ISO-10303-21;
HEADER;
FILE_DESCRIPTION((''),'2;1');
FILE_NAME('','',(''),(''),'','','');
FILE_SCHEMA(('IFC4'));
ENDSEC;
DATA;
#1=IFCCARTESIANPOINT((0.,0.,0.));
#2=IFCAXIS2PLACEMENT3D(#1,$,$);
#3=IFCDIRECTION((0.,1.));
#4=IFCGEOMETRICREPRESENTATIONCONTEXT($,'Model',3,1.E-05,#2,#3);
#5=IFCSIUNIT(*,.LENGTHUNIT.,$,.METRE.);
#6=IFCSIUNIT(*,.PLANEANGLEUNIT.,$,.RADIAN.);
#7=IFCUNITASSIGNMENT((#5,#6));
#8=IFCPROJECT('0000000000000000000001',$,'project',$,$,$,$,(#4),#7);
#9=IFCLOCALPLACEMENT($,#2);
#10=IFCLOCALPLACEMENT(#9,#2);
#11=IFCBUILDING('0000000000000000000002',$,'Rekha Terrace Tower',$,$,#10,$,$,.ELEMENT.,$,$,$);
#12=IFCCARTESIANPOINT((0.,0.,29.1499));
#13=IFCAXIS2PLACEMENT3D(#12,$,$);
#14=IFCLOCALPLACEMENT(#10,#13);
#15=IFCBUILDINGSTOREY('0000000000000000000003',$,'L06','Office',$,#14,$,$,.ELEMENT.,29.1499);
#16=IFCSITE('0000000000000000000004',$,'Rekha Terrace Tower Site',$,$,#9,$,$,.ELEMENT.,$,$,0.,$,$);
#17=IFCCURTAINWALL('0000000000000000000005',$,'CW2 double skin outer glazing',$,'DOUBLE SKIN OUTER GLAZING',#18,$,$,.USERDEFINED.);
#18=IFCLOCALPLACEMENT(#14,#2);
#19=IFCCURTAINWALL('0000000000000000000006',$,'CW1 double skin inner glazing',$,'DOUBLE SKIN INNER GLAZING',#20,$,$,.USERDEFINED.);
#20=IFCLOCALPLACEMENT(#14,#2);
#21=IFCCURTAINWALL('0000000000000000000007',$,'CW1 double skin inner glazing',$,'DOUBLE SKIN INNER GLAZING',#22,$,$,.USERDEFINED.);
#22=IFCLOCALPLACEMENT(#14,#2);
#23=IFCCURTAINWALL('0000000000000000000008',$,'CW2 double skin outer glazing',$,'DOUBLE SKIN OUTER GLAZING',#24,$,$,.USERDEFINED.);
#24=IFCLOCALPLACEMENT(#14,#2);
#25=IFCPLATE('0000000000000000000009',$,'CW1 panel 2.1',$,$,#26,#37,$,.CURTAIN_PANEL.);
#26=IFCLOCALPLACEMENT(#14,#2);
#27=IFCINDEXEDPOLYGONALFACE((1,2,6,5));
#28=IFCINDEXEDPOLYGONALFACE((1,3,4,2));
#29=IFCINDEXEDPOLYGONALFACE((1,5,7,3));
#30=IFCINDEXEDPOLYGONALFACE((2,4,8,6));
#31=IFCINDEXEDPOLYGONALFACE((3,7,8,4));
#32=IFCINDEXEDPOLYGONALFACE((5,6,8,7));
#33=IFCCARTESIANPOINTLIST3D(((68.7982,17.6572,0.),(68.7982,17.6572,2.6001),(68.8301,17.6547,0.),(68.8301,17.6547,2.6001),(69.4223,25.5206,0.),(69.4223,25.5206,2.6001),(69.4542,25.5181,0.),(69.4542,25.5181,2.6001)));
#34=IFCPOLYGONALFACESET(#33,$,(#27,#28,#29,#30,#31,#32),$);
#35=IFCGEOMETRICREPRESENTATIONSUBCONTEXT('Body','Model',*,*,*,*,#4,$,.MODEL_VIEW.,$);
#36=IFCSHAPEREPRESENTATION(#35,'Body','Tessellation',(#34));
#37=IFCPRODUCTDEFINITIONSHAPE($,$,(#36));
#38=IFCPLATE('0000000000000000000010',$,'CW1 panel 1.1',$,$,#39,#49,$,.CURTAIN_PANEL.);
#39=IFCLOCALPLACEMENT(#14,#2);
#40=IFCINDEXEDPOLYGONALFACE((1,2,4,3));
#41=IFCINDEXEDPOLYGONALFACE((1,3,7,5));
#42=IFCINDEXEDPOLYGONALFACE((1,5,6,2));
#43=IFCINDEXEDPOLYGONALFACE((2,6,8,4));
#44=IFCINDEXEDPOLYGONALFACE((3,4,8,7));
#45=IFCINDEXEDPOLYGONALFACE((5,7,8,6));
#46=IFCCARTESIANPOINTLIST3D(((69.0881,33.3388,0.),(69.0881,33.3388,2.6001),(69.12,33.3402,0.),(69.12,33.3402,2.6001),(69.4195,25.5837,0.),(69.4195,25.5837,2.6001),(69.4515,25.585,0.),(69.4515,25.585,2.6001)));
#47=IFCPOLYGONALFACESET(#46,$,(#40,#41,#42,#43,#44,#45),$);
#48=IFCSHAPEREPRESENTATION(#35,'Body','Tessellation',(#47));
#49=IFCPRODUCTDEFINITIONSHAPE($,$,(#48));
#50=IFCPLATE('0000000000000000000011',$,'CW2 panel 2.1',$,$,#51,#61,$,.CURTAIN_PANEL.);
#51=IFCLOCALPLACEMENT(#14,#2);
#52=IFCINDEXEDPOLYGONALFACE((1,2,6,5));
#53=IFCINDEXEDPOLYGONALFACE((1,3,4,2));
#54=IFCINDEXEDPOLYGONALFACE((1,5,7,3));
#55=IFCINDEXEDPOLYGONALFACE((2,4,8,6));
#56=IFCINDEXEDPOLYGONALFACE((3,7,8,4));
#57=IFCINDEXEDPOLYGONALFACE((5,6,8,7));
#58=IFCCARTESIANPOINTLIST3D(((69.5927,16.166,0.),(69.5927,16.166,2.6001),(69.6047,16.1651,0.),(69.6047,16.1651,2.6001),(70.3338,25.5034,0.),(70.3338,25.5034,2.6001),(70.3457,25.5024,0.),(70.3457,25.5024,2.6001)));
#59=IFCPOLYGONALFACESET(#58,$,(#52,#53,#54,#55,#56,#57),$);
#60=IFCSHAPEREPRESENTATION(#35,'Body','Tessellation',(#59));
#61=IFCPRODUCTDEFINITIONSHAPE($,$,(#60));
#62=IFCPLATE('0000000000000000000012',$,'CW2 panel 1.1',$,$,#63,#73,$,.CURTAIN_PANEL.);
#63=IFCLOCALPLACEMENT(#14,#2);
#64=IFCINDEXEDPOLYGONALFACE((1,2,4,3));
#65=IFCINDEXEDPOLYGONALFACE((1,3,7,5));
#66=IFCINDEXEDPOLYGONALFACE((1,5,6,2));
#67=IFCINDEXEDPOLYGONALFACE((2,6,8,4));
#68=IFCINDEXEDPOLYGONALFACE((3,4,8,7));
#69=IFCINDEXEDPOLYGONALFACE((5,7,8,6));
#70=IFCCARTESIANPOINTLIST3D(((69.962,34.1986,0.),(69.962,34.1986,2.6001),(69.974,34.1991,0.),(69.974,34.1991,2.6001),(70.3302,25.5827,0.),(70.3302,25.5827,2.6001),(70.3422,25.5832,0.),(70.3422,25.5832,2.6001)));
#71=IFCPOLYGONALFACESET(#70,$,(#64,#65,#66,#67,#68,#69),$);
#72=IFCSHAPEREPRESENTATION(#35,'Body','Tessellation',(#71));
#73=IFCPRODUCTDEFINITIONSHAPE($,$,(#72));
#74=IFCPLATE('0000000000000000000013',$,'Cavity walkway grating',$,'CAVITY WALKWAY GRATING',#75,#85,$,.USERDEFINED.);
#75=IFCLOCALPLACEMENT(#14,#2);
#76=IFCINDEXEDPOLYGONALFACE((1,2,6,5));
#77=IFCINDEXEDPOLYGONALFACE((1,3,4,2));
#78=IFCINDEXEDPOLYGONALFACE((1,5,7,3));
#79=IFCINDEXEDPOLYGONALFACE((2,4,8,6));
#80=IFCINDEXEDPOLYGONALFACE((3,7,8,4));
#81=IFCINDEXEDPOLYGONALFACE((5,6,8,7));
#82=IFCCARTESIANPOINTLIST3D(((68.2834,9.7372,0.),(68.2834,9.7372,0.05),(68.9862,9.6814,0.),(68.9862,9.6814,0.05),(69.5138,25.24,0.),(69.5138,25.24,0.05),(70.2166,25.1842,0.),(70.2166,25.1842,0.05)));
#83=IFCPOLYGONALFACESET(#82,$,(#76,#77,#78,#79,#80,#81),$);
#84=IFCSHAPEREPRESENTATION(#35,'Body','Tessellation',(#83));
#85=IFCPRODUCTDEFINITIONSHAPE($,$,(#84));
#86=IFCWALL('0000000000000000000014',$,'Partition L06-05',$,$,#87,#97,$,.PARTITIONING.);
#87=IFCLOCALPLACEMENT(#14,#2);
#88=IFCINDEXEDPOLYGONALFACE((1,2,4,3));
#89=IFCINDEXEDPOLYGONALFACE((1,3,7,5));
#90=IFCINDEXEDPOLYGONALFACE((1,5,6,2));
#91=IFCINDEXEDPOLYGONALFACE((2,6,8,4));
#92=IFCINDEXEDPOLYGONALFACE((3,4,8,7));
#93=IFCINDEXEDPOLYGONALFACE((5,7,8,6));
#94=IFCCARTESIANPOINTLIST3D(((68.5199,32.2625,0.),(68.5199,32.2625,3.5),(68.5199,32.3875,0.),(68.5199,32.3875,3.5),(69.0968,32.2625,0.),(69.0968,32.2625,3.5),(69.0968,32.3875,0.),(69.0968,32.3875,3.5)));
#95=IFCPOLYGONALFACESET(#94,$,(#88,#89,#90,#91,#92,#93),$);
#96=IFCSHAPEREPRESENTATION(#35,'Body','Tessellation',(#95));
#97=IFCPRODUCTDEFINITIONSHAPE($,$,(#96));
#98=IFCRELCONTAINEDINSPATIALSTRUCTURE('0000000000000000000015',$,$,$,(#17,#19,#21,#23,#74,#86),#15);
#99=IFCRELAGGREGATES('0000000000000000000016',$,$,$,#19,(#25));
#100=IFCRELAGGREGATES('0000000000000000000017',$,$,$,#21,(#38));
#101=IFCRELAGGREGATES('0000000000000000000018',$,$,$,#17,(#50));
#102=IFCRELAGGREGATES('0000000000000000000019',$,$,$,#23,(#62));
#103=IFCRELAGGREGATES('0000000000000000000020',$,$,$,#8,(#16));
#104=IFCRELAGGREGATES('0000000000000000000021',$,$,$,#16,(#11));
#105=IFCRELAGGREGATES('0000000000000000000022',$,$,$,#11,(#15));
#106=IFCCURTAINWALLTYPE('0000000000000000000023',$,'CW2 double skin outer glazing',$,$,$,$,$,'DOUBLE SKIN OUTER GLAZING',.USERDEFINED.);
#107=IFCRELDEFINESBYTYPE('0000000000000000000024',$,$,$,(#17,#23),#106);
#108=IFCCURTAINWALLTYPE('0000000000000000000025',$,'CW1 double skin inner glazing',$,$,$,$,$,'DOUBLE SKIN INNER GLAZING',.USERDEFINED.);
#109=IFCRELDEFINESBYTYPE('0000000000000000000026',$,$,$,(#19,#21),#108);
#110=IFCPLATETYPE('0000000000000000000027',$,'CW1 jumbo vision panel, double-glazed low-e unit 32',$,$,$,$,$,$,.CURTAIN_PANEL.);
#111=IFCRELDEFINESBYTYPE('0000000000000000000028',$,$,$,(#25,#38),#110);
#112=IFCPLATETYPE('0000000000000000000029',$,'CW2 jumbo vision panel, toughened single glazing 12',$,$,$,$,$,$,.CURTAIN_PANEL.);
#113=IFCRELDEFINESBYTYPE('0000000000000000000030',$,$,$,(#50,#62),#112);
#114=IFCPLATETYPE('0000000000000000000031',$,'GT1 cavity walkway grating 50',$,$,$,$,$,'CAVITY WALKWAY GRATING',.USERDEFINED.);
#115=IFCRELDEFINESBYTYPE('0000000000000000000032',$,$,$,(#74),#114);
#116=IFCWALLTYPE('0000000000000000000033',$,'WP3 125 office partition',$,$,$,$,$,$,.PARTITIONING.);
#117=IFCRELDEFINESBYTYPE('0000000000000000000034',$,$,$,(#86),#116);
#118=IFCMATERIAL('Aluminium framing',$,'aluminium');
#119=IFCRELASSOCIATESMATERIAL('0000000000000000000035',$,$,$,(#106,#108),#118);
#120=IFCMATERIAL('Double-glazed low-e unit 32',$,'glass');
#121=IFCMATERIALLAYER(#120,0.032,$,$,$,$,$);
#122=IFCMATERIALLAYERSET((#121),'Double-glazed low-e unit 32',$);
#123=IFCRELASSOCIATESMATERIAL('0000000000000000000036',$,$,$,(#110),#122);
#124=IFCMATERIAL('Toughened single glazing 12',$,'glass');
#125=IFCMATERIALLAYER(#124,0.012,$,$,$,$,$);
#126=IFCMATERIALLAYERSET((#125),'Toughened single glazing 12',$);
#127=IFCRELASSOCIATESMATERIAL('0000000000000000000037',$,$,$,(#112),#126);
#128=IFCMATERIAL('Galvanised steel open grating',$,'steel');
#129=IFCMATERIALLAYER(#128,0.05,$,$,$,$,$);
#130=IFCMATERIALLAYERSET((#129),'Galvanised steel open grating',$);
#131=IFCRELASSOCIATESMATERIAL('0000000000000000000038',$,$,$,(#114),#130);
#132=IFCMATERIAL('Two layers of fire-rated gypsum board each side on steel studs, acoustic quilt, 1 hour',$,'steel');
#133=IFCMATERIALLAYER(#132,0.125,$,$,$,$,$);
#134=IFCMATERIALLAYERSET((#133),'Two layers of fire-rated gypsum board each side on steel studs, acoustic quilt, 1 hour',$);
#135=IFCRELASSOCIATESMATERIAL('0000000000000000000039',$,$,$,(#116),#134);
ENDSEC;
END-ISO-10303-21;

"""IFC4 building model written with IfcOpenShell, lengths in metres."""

from ifc_helpers import new_model, si_unit, direction, frame, frame_2d, origin, origin_2d, place, context, subcontext, project, spatial, rectangle, extrude, material, layer, layer_set, type_object, element, aggregate, save


model = new_model("IFC4")

# Units and contexts
model_context = context("Model", 3, precision=1e-05, world=origin(), true_north=direction((0.0, 1.0)))
body_context = subcontext(model_context, "Body", "Model", "MODEL_VIEW")
ifc_project = project(units=[si_unit("LENGTHUNIT", "METRE"), si_unit("PLANEANGLEUNIT", "RADIAN")], contexts=[model_context])

# Site, building, storey
site_placement = place(None, origin())
site = spatial("IfcSite", under=ifc_project, at=site_placement, Name="Rekha Terrace Tower Site", CompositionType="ELEMENT", RefElevation=0.0)
building_placement = place(site_placement, origin())
building = spatial("IfcBuilding", under=site, at=building_placement, Name="Rekha Terrace Tower", CompositionType="ELEMENT")
storey_placement = place(building_placement, frame((0.0, 0.0, 29.1499)))
storey = spatial("IfcBuildingStorey", under=building, at=storey_placement, Name="L06", Description="Office", CompositionType="ELEMENT", Elevation=29.1499)

# Curtain walls
ifc_material_1 = material(Name="Aluminium framing", Category="aluminium")
curtain_wall_type_1 = type_object("IfcCurtainWallType", Name="CW2 double skin outer glazing", ElementType="DOUBLE SKIN OUTER GLAZING", PredefinedType="USERDEFINED", material=ifc_material_1)
curtain_wall_1_placement = place(storey_placement, origin())
curtain_wall_1 = element("IfcCurtainWall", 1, at=curtain_wall_1_placement, inside=storey, type_object=curtain_wall_type_1, Name="CW2 double skin outer glazing", ObjectType="DOUBLE SKIN OUTER GLAZING", PredefinedType="USERDEFINED")
curtain_wall_type_2 = type_object("IfcCurtainWallType", Name="CW1 double skin inner glazing", ElementType="DOUBLE SKIN INNER GLAZING", PredefinedType="USERDEFINED", material=ifc_material_1)
curtain_wall_2_placement = place(storey_placement, origin())
curtain_wall_2 = element("IfcCurtainWall", 2, at=curtain_wall_2_placement, inside=storey, type_object=curtain_wall_type_2, Name="CW1 double skin inner glazing", ObjectType="DOUBLE SKIN INNER GLAZING", PredefinedType="USERDEFINED")
curtain_wall_3_placement = place(storey_placement, origin())
curtain_wall_3 = element("IfcCurtainWall", 3, at=curtain_wall_3_placement, inside=storey, type_object=curtain_wall_type_2, Name="CW1 double skin inner glazing", ObjectType="DOUBLE SKIN INNER GLAZING", PredefinedType="USERDEFINED")

# Curtain wall
curtain_wall_4_placement = place(storey_placement, origin())
curtain_wall_4 = element("IfcCurtainWall", 4, at=curtain_wall_4_placement, inside=storey, type_object=curtain_wall_type_1, Name="CW2 double skin outer glazing", ObjectType="DOUBLE SKIN OUTER GLAZING", PredefinedType="USERDEFINED")

# Plates
ifc_material_2 = material(Name="Double-glazed low-e unit 32", Category="glass")
ifc_layer_1 = layer(ifc_material_2, 0.032)
ifc_layer_set_1 = layer_set([ifc_layer_1], Name="Double-glazed low-e unit 32")
plate_type_1 = type_object("IfcPlateType", Name="CW1 jumbo vision panel, double-glazed low-e unit 32", PredefinedType="CURTAIN_PANEL", material=ifc_layer_set_1)
plate_1_placement = place(storey_placement, frame((69.1262, 21.5876, 0.0), z_axis=(0.0, 0.0, 1.0), x_axis=(0.079116, 0.996865, 0.0)))
plate_1 = element("IfcPlate", 5, at=plate_1_placement, type_object=plate_type_1, Name="CW1 panel 2.1", PredefinedType="CURTAIN_PANEL", context=body_context, shape_type="SweptSolid", body=[
    extrude(rectangle(XDim=7.8882, YDim=0.032, at=origin_2d()), origin(), (0.0, 0.0, 1.0), 2.6001),
])
aggregate(curtain_wall_2, [plate_1])
plate_2_placement = place(storey_placement, frame((69.2698, 29.4619, 0.0), z_axis=(0.0, 0.0, 1.0), x_axis=(-0.042696, 0.999088, 0.0)))
plate_2 = element("IfcPlate", 6, at=plate_2_placement, type_object=plate_type_1, Name="CW1 panel 1.1", PredefinedType="CURTAIN_PANEL", context=body_context, shape_type="SweptSolid", body=[
    extrude(rectangle(XDim=7.7622, YDim=0.032, at=origin_2d()), origin(), (0.0, 0.0, 1.0), 2.6001),
])
aggregate(curtain_wall_3, [plate_2])
ifc_material_3 = material(Name="Toughened single glazing 12", Category="glass")
ifc_layer_2 = layer(ifc_material_3, 0.012)
ifc_layer_set_2 = layer_set([ifc_layer_2], Name="Toughened single glazing 12")
plate_type_2 = type_object("IfcPlateType", Name="CW2 jumbo vision panel, toughened single glazing 12", PredefinedType="CURTAIN_PANEL", material=ifc_layer_set_2)
plate_3_placement = place(storey_placement, frame((69.9692, 20.8342, 0.0), z_axis=(0.0, 0.0, 1.0), x_axis=(0.079116, 0.996865, 0.0)))
plate_3 = element("IfcPlate", 7, at=plate_3_placement, type_object=plate_type_2, Name="CW2 panel 2.1", PredefinedType="CURTAIN_PANEL", context=body_context, shape_type="SweptSolid", body=[
    extrude(rectangle(XDim=9.3667, YDim=0.012, at=origin_2d()), origin(), (0.0, 0.0, 1.0), 2.6001),
])
aggregate(curtain_wall_1, [plate_3])
plate_4_placement = place(storey_placement, frame((70.1521, 29.8909, 0.0), z_axis=(0.0, 0.0, 1.0), x_axis=(-0.042696, 0.999088, 0.0)))
plate_4 = element("IfcPlate", 8, at=plate_4_placement, type_object=plate_type_2, Name="CW2 panel 1.1", PredefinedType="CURTAIN_PANEL", context=body_context, shape_type="SweptSolid", body=[
    extrude(rectangle(XDim=8.6238, YDim=0.012, at=origin_2d()), origin(), (0.0, 0.0, 1.0), 2.6001),
])
aggregate(curtain_wall_4, [plate_4])
ifc_material_4 = material(Name="Galvanised steel open grating", Category="steel")
ifc_layer_3 = layer(ifc_material_4, 0.05)
ifc_layer_set_3 = layer_set([ifc_layer_3], Name="Galvanised steel open grating")
plate_type_3 = type_object("IfcPlateType", Name="GT1 cavity walkway grating 50", ElementType="CAVITY WALKWAY GRATING", PredefinedType="USERDEFINED", material=ifc_layer_set_3)
plate_5_placement = place(storey_placement, frame((69.25, 17.4607, 0.0), z_axis=(0.0, 0.0, 1.0), x_axis=(0.079116, 0.996865, 0.0)))
element("IfcPlate", 9, at=plate_5_placement, inside=storey, type_object=plate_type_3, Name="Cavity walkway grating", ObjectType="CAVITY WALKWAY GRATING", PredefinedType="USERDEFINED", context=body_context, shape_type="SweptSolid", body=[
    extrude(rectangle(XDim=15.5515, YDim=0.7051, at=origin_2d()), origin(), (0.0, 0.0, 1.0), 0.05),
])

# Wall
ifc_material_5 = material(Name="Two layers of fire-rated gypsum board each side on steel studs, acoustic quilt, 1 hour", Category="steel")
ifc_layer_4 = layer(ifc_material_5, 0.125)
ifc_layer_set_4 = layer_set([ifc_layer_4], Name="Two layers of fire-rated gypsum board each side on steel studs, acoustic quilt, 1 hour")
wall_type = type_object("IfcWallType", Name="WP3 125 office partition", PredefinedType="PARTITIONING", material=ifc_layer_set_4)
wall_placement = place(storey_placement, frame((69.0969, 32.325, 0.0), z_axis=(0.0, 0.0, 1.0), x_axis=(-1.0, 0.0, 0.0)))
element("IfcWall", 10, at=wall_placement, inside=storey, type_object=wall_type, Name="Partition L06-05", PredefinedType="PARTITIONING", context=body_context, shape_type="SweptSolid", body=[
    extrude(rectangle(XDim=0.5769, YDim=0.125, at=frame_2d((0.2886, 0.0))), origin(), (0.0, 0.0, 1.0), 3.5),
])

save(model, "model.ifc")
